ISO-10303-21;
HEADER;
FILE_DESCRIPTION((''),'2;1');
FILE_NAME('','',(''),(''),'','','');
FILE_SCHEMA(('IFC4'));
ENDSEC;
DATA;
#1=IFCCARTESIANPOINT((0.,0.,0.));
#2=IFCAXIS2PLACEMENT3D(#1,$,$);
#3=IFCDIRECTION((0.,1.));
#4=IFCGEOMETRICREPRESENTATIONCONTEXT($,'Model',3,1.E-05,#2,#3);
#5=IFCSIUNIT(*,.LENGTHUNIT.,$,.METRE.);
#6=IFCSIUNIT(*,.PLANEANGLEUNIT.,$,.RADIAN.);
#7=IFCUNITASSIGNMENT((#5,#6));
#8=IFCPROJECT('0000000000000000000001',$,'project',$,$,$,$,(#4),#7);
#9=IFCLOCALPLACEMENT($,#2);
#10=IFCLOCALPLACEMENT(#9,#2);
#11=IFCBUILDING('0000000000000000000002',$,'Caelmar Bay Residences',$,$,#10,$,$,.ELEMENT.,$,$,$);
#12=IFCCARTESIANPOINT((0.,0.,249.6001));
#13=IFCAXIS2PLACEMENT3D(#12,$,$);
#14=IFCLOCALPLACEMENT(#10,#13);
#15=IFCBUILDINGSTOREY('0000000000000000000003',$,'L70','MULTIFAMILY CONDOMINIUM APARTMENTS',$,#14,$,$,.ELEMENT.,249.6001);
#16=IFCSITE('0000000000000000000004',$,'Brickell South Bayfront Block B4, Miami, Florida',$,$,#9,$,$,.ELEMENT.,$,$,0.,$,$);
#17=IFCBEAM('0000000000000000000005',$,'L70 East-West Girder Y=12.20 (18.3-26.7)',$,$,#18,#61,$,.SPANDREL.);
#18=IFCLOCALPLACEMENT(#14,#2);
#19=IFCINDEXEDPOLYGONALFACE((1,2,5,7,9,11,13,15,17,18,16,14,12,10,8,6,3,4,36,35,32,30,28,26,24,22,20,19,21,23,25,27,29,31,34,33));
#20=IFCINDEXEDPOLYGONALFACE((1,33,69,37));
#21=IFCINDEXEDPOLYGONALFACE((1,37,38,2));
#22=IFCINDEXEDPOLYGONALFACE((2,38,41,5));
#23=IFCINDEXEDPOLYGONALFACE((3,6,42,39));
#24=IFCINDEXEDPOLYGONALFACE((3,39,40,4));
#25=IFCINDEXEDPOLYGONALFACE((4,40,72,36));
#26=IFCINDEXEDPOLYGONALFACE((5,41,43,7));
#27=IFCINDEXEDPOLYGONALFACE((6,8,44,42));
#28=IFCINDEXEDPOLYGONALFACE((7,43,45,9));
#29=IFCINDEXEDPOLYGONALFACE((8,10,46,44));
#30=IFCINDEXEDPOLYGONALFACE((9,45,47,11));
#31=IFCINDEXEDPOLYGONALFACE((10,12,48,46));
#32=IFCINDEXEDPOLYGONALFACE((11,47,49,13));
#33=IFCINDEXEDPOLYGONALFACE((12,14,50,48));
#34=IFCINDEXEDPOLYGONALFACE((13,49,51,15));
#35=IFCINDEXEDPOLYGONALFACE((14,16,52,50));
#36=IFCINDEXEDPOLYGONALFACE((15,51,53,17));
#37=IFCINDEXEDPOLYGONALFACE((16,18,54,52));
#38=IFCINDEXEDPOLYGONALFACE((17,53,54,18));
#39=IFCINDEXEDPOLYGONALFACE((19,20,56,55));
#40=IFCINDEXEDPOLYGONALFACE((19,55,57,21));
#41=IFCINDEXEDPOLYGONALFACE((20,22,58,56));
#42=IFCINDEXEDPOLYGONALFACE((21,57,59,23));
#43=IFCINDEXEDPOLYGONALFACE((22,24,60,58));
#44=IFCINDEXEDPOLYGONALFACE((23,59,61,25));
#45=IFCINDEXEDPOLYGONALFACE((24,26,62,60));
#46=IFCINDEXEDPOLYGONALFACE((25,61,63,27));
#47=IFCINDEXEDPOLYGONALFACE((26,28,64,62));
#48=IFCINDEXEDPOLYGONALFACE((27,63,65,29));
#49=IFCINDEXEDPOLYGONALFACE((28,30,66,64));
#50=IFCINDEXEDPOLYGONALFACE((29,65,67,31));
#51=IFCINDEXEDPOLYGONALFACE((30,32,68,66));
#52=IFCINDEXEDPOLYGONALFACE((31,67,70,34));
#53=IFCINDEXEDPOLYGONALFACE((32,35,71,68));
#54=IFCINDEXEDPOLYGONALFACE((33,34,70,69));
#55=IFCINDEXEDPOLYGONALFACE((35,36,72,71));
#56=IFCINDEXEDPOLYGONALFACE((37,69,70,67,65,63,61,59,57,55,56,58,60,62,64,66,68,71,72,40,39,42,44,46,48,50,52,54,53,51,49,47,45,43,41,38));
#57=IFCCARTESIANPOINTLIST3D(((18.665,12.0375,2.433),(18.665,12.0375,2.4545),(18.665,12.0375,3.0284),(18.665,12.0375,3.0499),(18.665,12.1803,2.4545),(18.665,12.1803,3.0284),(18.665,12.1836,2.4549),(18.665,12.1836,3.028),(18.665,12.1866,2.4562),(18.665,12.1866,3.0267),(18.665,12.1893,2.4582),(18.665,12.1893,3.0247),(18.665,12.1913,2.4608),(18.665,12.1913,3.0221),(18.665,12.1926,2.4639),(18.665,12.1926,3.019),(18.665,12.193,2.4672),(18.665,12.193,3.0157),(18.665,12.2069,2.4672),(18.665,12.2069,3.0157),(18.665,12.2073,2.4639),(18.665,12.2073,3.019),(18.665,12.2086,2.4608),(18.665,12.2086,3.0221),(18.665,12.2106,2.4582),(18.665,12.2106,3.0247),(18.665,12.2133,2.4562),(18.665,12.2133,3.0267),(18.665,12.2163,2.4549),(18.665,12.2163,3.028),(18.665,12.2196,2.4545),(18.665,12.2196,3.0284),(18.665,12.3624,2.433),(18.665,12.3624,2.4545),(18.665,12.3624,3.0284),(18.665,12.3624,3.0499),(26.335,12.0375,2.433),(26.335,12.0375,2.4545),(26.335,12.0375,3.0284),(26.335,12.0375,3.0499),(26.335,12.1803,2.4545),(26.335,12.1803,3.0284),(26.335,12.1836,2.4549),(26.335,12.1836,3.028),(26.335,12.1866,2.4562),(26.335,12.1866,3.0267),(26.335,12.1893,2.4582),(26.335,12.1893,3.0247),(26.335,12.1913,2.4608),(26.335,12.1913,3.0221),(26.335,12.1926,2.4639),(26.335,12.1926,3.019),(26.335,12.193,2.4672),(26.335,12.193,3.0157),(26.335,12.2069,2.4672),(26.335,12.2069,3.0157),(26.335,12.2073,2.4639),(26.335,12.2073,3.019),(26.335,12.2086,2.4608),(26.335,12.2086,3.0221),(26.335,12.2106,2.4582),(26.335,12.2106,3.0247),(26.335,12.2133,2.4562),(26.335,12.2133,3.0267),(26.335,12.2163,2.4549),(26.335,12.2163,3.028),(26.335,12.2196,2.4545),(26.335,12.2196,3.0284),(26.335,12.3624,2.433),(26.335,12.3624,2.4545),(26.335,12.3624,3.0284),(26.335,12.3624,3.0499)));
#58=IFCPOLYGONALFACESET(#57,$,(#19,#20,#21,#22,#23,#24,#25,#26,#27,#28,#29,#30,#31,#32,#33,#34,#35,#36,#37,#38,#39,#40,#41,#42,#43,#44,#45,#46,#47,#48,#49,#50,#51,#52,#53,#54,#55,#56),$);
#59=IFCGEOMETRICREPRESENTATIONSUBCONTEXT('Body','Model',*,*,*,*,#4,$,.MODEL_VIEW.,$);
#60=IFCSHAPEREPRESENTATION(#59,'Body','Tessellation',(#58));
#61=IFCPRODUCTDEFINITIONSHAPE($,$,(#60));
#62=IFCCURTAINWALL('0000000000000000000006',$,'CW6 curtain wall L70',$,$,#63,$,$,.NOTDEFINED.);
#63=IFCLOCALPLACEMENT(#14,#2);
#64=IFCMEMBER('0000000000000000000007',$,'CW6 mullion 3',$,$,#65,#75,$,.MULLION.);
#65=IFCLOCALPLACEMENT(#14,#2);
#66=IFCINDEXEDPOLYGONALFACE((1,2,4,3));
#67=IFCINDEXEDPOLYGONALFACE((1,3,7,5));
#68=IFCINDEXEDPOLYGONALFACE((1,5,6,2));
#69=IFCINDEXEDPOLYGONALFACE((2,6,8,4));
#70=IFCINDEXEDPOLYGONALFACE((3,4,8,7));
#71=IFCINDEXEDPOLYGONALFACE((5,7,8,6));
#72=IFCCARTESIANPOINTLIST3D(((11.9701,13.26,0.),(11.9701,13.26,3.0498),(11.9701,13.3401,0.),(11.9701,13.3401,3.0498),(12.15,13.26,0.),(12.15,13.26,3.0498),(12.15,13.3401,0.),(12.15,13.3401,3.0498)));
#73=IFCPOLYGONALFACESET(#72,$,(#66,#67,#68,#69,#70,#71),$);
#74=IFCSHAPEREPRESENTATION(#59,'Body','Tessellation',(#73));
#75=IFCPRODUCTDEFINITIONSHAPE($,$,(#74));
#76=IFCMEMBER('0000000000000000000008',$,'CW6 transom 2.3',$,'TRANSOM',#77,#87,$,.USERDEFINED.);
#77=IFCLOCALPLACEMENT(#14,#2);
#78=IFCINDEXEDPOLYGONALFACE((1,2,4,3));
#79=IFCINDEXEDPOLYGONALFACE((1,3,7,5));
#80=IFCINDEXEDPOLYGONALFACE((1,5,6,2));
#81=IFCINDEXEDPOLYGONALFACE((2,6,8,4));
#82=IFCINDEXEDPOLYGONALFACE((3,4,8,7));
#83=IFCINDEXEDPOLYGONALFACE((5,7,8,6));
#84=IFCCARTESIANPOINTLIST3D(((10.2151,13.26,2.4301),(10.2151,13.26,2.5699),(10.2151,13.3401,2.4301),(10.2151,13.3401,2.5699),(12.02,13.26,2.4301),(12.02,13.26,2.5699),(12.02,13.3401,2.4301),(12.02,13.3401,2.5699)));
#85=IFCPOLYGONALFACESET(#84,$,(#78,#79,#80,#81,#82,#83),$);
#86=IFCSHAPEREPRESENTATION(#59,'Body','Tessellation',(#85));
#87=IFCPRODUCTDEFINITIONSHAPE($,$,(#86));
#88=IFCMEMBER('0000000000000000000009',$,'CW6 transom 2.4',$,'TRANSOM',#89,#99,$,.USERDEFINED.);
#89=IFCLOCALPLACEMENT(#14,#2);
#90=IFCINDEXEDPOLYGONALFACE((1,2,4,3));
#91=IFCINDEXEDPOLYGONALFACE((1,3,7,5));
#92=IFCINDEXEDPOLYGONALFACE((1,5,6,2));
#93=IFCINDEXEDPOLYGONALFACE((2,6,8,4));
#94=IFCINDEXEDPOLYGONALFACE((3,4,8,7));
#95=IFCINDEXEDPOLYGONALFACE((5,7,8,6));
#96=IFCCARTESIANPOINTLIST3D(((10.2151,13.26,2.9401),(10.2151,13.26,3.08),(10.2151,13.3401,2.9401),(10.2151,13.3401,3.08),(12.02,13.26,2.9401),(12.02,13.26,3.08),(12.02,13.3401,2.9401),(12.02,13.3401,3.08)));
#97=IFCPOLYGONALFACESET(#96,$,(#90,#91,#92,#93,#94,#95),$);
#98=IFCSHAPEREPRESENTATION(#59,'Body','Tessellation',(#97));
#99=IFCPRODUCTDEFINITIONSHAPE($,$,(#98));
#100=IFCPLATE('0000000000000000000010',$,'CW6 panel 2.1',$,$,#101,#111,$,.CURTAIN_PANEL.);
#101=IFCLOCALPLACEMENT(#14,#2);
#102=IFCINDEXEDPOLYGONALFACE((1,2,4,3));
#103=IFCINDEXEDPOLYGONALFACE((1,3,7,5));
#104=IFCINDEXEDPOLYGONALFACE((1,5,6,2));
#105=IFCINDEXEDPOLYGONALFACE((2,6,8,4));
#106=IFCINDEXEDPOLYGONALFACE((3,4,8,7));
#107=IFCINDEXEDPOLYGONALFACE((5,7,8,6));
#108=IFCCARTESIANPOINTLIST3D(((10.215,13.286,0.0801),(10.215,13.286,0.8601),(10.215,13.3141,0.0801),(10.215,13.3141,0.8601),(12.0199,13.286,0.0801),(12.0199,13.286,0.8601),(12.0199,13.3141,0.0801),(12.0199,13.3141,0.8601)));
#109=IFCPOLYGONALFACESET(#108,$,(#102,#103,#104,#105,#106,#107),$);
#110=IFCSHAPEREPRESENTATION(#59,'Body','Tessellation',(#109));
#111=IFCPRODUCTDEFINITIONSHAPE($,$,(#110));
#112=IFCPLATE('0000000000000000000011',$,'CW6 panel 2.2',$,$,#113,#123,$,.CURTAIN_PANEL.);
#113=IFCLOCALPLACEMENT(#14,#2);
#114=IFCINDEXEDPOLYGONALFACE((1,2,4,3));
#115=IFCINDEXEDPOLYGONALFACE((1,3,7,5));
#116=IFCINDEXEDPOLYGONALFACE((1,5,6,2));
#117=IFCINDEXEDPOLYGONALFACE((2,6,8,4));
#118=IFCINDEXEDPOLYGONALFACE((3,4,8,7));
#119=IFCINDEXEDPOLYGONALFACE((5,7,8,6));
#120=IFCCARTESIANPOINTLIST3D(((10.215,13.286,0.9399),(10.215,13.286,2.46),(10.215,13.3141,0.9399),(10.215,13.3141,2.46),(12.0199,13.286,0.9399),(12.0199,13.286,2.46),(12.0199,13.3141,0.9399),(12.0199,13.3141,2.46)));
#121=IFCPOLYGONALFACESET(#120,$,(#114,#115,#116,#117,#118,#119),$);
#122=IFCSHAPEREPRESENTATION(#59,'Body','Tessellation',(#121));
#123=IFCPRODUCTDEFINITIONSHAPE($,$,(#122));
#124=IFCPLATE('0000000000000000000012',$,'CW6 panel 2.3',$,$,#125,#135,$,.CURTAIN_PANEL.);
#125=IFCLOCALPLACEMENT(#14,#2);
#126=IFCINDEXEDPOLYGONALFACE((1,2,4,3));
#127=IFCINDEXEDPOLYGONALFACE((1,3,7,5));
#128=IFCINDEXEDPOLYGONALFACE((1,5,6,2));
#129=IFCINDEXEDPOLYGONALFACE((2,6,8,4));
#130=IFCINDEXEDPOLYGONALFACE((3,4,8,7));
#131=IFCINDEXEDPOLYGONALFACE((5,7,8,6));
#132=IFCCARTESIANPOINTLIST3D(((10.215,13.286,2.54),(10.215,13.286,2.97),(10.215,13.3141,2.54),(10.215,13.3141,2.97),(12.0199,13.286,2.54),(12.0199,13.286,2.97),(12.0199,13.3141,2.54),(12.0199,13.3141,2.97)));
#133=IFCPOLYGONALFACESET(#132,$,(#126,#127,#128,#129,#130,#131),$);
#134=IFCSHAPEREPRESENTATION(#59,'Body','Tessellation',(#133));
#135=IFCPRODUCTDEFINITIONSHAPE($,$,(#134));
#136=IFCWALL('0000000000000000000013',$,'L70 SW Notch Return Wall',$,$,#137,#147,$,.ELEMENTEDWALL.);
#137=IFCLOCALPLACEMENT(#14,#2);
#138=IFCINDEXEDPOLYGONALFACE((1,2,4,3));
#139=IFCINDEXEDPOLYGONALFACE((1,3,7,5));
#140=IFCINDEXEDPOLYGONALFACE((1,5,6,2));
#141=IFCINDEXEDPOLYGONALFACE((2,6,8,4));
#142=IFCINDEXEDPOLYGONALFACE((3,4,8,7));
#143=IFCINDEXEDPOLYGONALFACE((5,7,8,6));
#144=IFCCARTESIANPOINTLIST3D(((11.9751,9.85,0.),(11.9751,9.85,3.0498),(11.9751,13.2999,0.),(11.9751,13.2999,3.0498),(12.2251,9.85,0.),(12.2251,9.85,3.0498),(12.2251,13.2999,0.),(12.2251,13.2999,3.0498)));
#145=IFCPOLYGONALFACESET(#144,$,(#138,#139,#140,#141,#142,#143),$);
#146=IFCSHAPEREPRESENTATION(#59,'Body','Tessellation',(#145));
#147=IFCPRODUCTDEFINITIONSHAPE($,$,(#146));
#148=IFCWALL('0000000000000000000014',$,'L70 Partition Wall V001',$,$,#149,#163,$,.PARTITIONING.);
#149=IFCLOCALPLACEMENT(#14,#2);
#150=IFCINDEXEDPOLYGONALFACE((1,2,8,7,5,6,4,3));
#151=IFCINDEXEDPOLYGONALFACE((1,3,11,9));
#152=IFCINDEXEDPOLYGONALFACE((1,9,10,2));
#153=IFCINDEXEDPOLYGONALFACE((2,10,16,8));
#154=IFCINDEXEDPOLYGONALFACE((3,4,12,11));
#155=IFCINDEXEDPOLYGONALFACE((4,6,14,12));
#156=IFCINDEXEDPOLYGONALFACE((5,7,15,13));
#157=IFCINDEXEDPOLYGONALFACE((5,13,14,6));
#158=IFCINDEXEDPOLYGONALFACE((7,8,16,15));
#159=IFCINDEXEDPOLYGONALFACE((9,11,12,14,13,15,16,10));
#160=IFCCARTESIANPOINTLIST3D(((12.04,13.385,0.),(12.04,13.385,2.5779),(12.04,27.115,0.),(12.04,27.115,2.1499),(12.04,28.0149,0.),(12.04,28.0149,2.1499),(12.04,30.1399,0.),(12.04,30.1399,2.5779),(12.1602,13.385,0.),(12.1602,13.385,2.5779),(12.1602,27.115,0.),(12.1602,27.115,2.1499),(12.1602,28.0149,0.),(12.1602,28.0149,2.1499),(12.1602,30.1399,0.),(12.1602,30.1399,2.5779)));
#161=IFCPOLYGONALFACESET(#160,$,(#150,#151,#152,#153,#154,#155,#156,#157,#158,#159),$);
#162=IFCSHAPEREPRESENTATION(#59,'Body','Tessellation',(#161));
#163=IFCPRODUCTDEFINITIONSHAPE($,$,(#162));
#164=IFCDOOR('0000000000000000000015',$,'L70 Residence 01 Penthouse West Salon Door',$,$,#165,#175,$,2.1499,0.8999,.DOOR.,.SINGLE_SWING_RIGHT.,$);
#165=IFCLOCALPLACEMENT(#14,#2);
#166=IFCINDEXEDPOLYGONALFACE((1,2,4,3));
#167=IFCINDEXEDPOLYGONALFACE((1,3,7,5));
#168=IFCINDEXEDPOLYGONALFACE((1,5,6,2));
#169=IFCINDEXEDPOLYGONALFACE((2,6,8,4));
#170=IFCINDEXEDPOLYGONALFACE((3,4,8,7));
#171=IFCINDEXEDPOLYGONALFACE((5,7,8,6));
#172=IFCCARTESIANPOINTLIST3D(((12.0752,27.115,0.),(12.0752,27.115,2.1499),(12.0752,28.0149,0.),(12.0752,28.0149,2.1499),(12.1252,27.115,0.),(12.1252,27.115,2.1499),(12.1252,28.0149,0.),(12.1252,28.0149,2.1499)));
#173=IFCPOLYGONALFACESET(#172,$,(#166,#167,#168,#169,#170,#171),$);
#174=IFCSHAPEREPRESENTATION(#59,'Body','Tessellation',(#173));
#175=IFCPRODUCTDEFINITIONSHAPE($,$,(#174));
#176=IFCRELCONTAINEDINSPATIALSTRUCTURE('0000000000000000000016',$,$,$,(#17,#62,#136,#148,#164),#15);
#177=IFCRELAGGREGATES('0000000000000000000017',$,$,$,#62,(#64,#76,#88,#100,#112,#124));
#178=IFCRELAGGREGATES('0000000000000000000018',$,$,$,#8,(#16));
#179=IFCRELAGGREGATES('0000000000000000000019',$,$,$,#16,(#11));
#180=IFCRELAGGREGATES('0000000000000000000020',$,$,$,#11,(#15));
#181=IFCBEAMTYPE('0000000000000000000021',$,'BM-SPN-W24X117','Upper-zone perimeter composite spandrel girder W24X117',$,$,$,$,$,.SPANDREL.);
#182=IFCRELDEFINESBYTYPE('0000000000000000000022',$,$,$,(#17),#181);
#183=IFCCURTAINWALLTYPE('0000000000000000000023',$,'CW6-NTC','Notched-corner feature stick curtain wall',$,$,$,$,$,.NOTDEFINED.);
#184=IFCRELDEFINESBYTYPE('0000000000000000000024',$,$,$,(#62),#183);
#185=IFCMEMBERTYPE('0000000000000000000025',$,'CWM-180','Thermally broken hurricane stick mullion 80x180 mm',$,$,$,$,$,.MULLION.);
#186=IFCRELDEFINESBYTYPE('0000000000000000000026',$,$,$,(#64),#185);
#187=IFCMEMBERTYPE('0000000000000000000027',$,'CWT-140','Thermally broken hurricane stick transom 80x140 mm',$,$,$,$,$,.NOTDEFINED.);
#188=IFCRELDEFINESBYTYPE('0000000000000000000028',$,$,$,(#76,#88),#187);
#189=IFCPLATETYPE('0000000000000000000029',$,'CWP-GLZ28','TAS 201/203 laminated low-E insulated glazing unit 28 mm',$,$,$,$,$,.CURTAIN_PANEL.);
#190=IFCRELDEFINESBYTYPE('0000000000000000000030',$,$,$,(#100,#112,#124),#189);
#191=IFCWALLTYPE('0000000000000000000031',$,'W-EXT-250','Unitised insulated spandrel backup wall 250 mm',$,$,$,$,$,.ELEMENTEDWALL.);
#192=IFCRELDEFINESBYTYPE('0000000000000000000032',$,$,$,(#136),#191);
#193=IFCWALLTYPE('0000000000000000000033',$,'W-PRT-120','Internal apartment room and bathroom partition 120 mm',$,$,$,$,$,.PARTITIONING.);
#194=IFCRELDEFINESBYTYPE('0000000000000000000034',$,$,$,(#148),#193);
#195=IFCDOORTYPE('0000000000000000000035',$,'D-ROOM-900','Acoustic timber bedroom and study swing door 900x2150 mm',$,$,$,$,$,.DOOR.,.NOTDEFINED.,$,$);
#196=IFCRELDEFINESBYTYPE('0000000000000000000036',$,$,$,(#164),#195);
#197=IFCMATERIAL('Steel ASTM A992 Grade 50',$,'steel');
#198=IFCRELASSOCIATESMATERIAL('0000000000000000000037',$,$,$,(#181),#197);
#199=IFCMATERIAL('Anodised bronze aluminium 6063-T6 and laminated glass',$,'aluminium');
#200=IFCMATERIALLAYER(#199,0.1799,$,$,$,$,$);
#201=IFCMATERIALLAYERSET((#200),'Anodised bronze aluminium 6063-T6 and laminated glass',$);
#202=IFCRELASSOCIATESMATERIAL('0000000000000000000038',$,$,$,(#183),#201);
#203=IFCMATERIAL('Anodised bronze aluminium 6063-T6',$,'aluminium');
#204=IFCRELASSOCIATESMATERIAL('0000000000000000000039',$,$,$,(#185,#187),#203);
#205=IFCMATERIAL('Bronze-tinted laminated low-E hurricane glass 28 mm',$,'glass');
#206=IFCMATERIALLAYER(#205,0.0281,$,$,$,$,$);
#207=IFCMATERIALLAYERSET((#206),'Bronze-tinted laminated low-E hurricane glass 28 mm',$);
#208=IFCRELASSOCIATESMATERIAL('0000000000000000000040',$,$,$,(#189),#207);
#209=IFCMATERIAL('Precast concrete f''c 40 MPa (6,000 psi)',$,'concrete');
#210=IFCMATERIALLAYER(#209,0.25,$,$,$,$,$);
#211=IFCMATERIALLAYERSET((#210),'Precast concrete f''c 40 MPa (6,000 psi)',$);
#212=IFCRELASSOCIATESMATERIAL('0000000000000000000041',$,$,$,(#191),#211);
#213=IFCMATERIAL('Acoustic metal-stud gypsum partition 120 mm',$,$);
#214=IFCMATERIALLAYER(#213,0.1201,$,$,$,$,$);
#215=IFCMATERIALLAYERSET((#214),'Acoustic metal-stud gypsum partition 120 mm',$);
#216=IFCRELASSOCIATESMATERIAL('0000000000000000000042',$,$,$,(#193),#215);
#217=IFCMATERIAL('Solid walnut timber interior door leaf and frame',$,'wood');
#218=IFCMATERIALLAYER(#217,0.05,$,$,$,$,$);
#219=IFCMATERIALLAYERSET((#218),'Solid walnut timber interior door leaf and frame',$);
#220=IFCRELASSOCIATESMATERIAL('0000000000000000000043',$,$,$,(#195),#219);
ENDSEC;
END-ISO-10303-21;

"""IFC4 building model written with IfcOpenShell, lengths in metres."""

from ifc_helpers import new_model, si_unit, direction, frame, frame_2d, origin, origin_2d, place, context, subcontext, project, spatial, rectangle, i_section, extrude, material, layer, layer_set, material_profile, profile_set, type_object, element, fill, aggregate, save


model = new_model("IFC4")

# Units and contexts
model_context = context("Model", 3, precision=1e-05, world=origin(), true_north=direction((0.0, 1.0)))
body_context = subcontext(model_context, "Body", "Model", "MODEL_VIEW")
ifc_project = project(units=[si_unit("LENGTHUNIT", "METRE"), si_unit("PLANEANGLEUNIT", "RADIAN")], contexts=[model_context])

# Site, building, storey
site_placement = place(None, origin())
site = spatial("IfcSite", under=ifc_project, at=site_placement, Name="Brickell South Bayfront Block B4, Miami, Florida", CompositionType="ELEMENT", RefElevation=0.0)
building_placement = place(site_placement, origin())
building = spatial("IfcBuilding", under=site, at=building_placement, Name="Caelmar Bay Residences", CompositionType="ELEMENT")
storey_placement = place(building_placement, frame((0.0, 0.0, 249.6001)))
storey = spatial("IfcBuildingStorey", under=building, at=storey_placement, Name="L70", Description="MULTIFAMILY CONDOMINIUM APARTMENTS", CompositionType="ELEMENT", Elevation=249.6001)

# Beam
ifc_material_1 = material(Name="Steel ASTM A992 Grade 50", Category="steel")
ifc_material_profile_1 = material_profile(ifc_material_1, i_section(OverallWidth=0.325, OverallDepth=0.6169, WebThickness=0.0139, FlangeThickness=0.0215, FilletRadius=0.0127, at=origin_2d()), Name="W24X117")
ifc_profile_set_1 = profile_set([ifc_material_profile_1], Name="Steel ASTM A992 Grade 50")
beam_type_1 = type_object("IfcBeamType", Name="BM-SPN-W24X117", Description="Upper-zone perimeter composite spandrel girder W24X117", PredefinedType="SPANDREL", material=ifc_profile_set_1)
beam_1_placement = place(storey_placement, frame((18.665, 12.2, 2.7415), z_axis=(1.0, 0.0, 0.0), x_axis=(0.0, 1.0, 0.0)))
element("IfcBeam", 1, at=beam_1_placement, inside=storey, type_object=beam_type_1, Name="L70 East-West Girder Y=12.20 (18.3-26.7)", PredefinedType="SPANDREL", context=body_context, shape_type="SweptSolid", body=[
    extrude(i_section(OverallWidth=0.325, OverallDepth=0.6169, WebThickness=0.0139, FlangeThickness=0.0215, FilletRadius=0.0127, at=origin_2d()), origin(), (0.0, 0.0, 1.0), 7.6699),
])

# Curtain wall, members, plates
ifc_material_2 = material(Name="Anodised bronze aluminium 6063-T6 and laminated glass", Category="aluminium")
ifc_layer_1 = layer(ifc_material_2, 0.1799)
ifc_layer_set_1 = layer_set([ifc_layer_1], Name="Anodised bronze aluminium 6063-T6 and laminated glass")
curtain_wall_type = type_object("IfcCurtainWallType", Name="CW6-NTC", Description="Notched-corner feature stick curtain wall", PredefinedType="NOTDEFINED", material=ifc_layer_set_1)
curtain_wall_placement = place(storey_placement, origin())
curtain_wall = element("IfcCurtainWall", 2, at=curtain_wall_placement, inside=storey, type_object=curtain_wall_type, Name="CW6 curtain wall L70", PredefinedType="NOTDEFINED")
ifc_material_3 = material(Name="Anodised bronze aluminium 6063-T6", Category="aluminium")
ifc_material_profile_2 = material_profile(ifc_material_3, rectangle(XDim=0.0801, YDim=0.1799, at=origin_2d()), Name="CWM-80X180")
ifc_profile_set_2 = profile_set([ifc_material_profile_2], Name="Anodised bronze aluminium 6063-T6")
member_type_1 = type_object("IfcMemberType", Name="CWM-180", Description="Thermally broken hurricane stick mullion 80x180 mm", PredefinedType="MULLION", material=ifc_profile_set_2)
member_1_placement = place(storey_placement, frame((12.0601, 13.3, 0.0), z_axis=(0.0, 0.0, 1.0), x_axis=(0.0, 1.0, 0.0)))
member_1 = element("IfcMember", 3, at=member_1_placement, type_object=member_type_1, Name="CW6 mullion 3", PredefinedType="MULLION", context=body_context, shape_type="SweptSolid", body=[
    extrude(rectangle(XDim=0.0801, YDim=0.1799, at=origin_2d()), origin(), (0.0, 0.0, 1.0), 3.0498),
])
ifc_material_profile_3 = material_profile(ifc_material_3, rectangle(XDim=0.0801, YDim=0.1399, at=origin_2d()), Name="CWT-80X140")
ifc_profile_set_3 = profile_set([ifc_material_profile_3], Name="Anodised bronze aluminium 6063-T6")
member_type_2 = type_object("IfcMemberType", Name="CWT-140", Description="Thermally broken hurricane stick transom 80x140 mm", PredefinedType="NOTDEFINED", material=ifc_profile_set_3)
member_2_placement = place(storey_placement, frame((10.2151, 13.3, 2.5), z_axis=(1.0, 0.0, 0.0), x_axis=(0.0, 1.0, 0.0)))
member_2 = element("IfcMember", 4, at=member_2_placement, type_object=member_type_2, Name="CW6 transom 2.3", ObjectType="TRANSOM", PredefinedType="USERDEFINED", context=body_context, shape_type="SweptSolid", body=[
    extrude(rectangle(XDim=0.0801, YDim=0.1399, at=origin_2d()), origin(), (0.0, 0.0, 1.0), 1.8049),
])
member_3_placement = place(storey_placement, frame((10.2151, 13.3, 3.01), z_axis=(1.0, 0.0, 0.0), x_axis=(0.0, 1.0, 0.0)))
member_3 = element("IfcMember", 5, at=member_3_placement, type_object=member_type_2, Name="CW6 transom 2.4", ObjectType="TRANSOM", PredefinedType="USERDEFINED", context=body_context, shape_type="SweptSolid", body=[
    extrude(rectangle(XDim=0.0801, YDim=0.1399, at=origin_2d()), origin(), (0.0, 0.0, 1.0), 1.8049),
])
ifc_material_4 = material(Name="Bronze-tinted laminated low-E hurricane glass 28 mm", Category="glass")
ifc_layer_2 = layer(ifc_material_4, 0.0281)
ifc_layer_set_2 = layer_set([ifc_layer_2], Name="Bronze-tinted laminated low-E hurricane glass 28 mm")
plate_type = type_object("IfcPlateType", Name="CWP-GLZ28", Description="TAS 201/203 laminated low-E insulated glazing unit 28 mm", PredefinedType="CURTAIN_PANEL", material=ifc_layer_set_2)
plate_1_placement = place(storey_placement, frame((11.1174, 13.3, 0.0801), z_axis=(0.0, 0.0, 1.0), x_axis=(1.0, 0.0, 0.0)))
plate_1 = element("IfcPlate", 6, at=plate_1_placement, type_object=plate_type, Name="CW6 panel 2.1", PredefinedType="CURTAIN_PANEL", context=body_context, shape_type="SweptSolid", body=[
    extrude(rectangle(XDim=1.8049, YDim=0.0281, at=origin_2d()), origin(), (0.0, 0.0, 1.0), 0.78),
])
plate_2_placement = place(storey_placement, frame((11.1174, 13.3, 0.9399), z_axis=(0.0, 0.0, 1.0), x_axis=(1.0, 0.0, 0.0)))
plate_2 = element("IfcPlate", 7, at=plate_2_placement, type_object=plate_type, Name="CW6 panel 2.2", PredefinedType="CURTAIN_PANEL", context=body_context, shape_type="SweptSolid", body=[
    extrude(rectangle(XDim=1.8049, YDim=0.0281, at=origin_2d()), origin(), (0.0, 0.0, 1.0), 1.52),
])
plate_3_placement = place(storey_placement, frame((11.1174, 13.3, 2.54), z_axis=(0.0, 0.0, 1.0), x_axis=(1.0, 0.0, 0.0)))
plate_3 = element("IfcPlate", 8, at=plate_3_placement, type_object=plate_type, Name="CW6 panel 2.3", PredefinedType="CURTAIN_PANEL", context=body_context, shape_type="SweptSolid", body=[
    extrude(rectangle(XDim=1.8049, YDim=0.0281, at=origin_2d()), origin(), (0.0, 0.0, 1.0), 0.4299),
])
aggregate(curtain_wall, [member_1, member_2, member_3, plate_1, plate_2, plate_3])

# Wall
ifc_material_5 = material(Name="Precast concrete f'c 40 MPa (6,000 psi)", Category="concrete")
ifc_layer_3 = layer(ifc_material_5, 0.25)
ifc_layer_set_3 = layer_set([ifc_layer_3], Name="Precast concrete f'c 40 MPa (6,000 psi)")
wall_type_1 = type_object("IfcWallType", Name="W-EXT-250", Description="Unitised insulated spandrel backup wall 250 mm", PredefinedType="ELEMENTEDWALL", material=ifc_layer_set_3)
wall_1_placement = place(storey_placement, frame((12.1001, 13.3, 0.0), z_axis=(0.0, 0.0, 1.0), x_axis=(0.0, -1.0, 0.0)))
element("IfcWall", 9, at=wall_1_placement, inside=storey, type_object=wall_type_1, Name="L70 SW Notch Return Wall", PredefinedType="ELEMENTEDWALL", context=body_context, shape_type="SweptSolid", body=[
    extrude(rectangle(XDim=3.45, YDim=0.25, at=frame_2d((1.7251, 0.0))), origin(), (0.0, 0.0, 1.0), 3.0498),
])

# Wall, opening, door
ifc_material_6 = material(Name="Acoustic metal-stud gypsum partition 120 mm")
ifc_layer_4 = layer(ifc_material_6, 0.1201)
ifc_layer_set_4 = layer_set([ifc_layer_4], Name="Acoustic metal-stud gypsum partition 120 mm")
wall_type_2 = type_object("IfcWallType", Name="W-PRT-120", Description="Internal apartment room and bathroom partition 120 mm", PredefinedType="PARTITIONING", material=ifc_layer_set_4)
wall_2_placement = place(storey_placement, frame((12.1001, 13.385, 0.0), z_axis=(0.0, 0.0, 1.0), x_axis=(0.0, 1.0, 0.0)))
wall_2 = element("IfcWall", 10, at=wall_2_placement, inside=storey, type_object=wall_type_2, Name="L70 Partition Wall V001", PredefinedType="PARTITIONING", context=body_context, shape_type="SweptSolid", body=[
    extrude(rectangle(XDim=16.7549, YDim=0.1201, at=frame_2d((8.3774, 0.0))), origin(), (0.0, 0.0, 1.0), 2.5779),
])
opening_placement = place(wall_2_placement, frame((13.73, 0.0, 0.0)))
opening = element("IfcOpeningElement", 11, at=opening_placement, cuts=wall_2, PredefinedType="OPENING", context=body_context, shape_type="SweptSolid", body=[
    extrude(rectangle(XDim=0.8999, YDim=2.1499, at=frame_2d((0.45, 1.075))), frame((0.0, 0.0701, 0.0), z_axis=(0.0, -1.0, 0.0), x_axis=(1.0, 0.0, 0.0)), (0.0, 0.0, 1.0), 0.1401),
])
ifc_material_7 = material(Name="Solid walnut timber interior door leaf and frame", Category="wood")
ifc_layer_5 = layer(ifc_material_7, 0.05)
ifc_layer_set_5 = layer_set([ifc_layer_5], Name="Solid walnut timber interior door leaf and frame")
door_type = type_object("IfcDoorType", Name="D-ROOM-900", Description="Acoustic timber bedroom and study swing door 900x2150 mm", OperationType="NOTDEFINED", PredefinedType="DOOR", material=ifc_layer_set_5)
door_placement = place(opening_placement, origin())
door = element("IfcDoor", 12, at=door_placement, inside=storey, type_object=door_type, Name="L70 Residence 01 Penthouse West Salon Door", OperationType="SINGLE_SWING_RIGHT", OverallHeight=2.1499, OverallWidth=0.8999, PredefinedType="DOOR", context=body_context, shape_type="SweptSolid", body=[
    extrude(rectangle(XDim=0.8999, YDim=2.1499, at=frame_2d((0.45, 1.075))), frame((0.0, 0.0249, 0.0), z_axis=(0.0, -1.0, 0.0), x_axis=(1.0, 0.0, 0.0)), (0.0, 0.0, 1.0), 0.05),
])
fill(opening, door)

save(model, "model.ifc")
